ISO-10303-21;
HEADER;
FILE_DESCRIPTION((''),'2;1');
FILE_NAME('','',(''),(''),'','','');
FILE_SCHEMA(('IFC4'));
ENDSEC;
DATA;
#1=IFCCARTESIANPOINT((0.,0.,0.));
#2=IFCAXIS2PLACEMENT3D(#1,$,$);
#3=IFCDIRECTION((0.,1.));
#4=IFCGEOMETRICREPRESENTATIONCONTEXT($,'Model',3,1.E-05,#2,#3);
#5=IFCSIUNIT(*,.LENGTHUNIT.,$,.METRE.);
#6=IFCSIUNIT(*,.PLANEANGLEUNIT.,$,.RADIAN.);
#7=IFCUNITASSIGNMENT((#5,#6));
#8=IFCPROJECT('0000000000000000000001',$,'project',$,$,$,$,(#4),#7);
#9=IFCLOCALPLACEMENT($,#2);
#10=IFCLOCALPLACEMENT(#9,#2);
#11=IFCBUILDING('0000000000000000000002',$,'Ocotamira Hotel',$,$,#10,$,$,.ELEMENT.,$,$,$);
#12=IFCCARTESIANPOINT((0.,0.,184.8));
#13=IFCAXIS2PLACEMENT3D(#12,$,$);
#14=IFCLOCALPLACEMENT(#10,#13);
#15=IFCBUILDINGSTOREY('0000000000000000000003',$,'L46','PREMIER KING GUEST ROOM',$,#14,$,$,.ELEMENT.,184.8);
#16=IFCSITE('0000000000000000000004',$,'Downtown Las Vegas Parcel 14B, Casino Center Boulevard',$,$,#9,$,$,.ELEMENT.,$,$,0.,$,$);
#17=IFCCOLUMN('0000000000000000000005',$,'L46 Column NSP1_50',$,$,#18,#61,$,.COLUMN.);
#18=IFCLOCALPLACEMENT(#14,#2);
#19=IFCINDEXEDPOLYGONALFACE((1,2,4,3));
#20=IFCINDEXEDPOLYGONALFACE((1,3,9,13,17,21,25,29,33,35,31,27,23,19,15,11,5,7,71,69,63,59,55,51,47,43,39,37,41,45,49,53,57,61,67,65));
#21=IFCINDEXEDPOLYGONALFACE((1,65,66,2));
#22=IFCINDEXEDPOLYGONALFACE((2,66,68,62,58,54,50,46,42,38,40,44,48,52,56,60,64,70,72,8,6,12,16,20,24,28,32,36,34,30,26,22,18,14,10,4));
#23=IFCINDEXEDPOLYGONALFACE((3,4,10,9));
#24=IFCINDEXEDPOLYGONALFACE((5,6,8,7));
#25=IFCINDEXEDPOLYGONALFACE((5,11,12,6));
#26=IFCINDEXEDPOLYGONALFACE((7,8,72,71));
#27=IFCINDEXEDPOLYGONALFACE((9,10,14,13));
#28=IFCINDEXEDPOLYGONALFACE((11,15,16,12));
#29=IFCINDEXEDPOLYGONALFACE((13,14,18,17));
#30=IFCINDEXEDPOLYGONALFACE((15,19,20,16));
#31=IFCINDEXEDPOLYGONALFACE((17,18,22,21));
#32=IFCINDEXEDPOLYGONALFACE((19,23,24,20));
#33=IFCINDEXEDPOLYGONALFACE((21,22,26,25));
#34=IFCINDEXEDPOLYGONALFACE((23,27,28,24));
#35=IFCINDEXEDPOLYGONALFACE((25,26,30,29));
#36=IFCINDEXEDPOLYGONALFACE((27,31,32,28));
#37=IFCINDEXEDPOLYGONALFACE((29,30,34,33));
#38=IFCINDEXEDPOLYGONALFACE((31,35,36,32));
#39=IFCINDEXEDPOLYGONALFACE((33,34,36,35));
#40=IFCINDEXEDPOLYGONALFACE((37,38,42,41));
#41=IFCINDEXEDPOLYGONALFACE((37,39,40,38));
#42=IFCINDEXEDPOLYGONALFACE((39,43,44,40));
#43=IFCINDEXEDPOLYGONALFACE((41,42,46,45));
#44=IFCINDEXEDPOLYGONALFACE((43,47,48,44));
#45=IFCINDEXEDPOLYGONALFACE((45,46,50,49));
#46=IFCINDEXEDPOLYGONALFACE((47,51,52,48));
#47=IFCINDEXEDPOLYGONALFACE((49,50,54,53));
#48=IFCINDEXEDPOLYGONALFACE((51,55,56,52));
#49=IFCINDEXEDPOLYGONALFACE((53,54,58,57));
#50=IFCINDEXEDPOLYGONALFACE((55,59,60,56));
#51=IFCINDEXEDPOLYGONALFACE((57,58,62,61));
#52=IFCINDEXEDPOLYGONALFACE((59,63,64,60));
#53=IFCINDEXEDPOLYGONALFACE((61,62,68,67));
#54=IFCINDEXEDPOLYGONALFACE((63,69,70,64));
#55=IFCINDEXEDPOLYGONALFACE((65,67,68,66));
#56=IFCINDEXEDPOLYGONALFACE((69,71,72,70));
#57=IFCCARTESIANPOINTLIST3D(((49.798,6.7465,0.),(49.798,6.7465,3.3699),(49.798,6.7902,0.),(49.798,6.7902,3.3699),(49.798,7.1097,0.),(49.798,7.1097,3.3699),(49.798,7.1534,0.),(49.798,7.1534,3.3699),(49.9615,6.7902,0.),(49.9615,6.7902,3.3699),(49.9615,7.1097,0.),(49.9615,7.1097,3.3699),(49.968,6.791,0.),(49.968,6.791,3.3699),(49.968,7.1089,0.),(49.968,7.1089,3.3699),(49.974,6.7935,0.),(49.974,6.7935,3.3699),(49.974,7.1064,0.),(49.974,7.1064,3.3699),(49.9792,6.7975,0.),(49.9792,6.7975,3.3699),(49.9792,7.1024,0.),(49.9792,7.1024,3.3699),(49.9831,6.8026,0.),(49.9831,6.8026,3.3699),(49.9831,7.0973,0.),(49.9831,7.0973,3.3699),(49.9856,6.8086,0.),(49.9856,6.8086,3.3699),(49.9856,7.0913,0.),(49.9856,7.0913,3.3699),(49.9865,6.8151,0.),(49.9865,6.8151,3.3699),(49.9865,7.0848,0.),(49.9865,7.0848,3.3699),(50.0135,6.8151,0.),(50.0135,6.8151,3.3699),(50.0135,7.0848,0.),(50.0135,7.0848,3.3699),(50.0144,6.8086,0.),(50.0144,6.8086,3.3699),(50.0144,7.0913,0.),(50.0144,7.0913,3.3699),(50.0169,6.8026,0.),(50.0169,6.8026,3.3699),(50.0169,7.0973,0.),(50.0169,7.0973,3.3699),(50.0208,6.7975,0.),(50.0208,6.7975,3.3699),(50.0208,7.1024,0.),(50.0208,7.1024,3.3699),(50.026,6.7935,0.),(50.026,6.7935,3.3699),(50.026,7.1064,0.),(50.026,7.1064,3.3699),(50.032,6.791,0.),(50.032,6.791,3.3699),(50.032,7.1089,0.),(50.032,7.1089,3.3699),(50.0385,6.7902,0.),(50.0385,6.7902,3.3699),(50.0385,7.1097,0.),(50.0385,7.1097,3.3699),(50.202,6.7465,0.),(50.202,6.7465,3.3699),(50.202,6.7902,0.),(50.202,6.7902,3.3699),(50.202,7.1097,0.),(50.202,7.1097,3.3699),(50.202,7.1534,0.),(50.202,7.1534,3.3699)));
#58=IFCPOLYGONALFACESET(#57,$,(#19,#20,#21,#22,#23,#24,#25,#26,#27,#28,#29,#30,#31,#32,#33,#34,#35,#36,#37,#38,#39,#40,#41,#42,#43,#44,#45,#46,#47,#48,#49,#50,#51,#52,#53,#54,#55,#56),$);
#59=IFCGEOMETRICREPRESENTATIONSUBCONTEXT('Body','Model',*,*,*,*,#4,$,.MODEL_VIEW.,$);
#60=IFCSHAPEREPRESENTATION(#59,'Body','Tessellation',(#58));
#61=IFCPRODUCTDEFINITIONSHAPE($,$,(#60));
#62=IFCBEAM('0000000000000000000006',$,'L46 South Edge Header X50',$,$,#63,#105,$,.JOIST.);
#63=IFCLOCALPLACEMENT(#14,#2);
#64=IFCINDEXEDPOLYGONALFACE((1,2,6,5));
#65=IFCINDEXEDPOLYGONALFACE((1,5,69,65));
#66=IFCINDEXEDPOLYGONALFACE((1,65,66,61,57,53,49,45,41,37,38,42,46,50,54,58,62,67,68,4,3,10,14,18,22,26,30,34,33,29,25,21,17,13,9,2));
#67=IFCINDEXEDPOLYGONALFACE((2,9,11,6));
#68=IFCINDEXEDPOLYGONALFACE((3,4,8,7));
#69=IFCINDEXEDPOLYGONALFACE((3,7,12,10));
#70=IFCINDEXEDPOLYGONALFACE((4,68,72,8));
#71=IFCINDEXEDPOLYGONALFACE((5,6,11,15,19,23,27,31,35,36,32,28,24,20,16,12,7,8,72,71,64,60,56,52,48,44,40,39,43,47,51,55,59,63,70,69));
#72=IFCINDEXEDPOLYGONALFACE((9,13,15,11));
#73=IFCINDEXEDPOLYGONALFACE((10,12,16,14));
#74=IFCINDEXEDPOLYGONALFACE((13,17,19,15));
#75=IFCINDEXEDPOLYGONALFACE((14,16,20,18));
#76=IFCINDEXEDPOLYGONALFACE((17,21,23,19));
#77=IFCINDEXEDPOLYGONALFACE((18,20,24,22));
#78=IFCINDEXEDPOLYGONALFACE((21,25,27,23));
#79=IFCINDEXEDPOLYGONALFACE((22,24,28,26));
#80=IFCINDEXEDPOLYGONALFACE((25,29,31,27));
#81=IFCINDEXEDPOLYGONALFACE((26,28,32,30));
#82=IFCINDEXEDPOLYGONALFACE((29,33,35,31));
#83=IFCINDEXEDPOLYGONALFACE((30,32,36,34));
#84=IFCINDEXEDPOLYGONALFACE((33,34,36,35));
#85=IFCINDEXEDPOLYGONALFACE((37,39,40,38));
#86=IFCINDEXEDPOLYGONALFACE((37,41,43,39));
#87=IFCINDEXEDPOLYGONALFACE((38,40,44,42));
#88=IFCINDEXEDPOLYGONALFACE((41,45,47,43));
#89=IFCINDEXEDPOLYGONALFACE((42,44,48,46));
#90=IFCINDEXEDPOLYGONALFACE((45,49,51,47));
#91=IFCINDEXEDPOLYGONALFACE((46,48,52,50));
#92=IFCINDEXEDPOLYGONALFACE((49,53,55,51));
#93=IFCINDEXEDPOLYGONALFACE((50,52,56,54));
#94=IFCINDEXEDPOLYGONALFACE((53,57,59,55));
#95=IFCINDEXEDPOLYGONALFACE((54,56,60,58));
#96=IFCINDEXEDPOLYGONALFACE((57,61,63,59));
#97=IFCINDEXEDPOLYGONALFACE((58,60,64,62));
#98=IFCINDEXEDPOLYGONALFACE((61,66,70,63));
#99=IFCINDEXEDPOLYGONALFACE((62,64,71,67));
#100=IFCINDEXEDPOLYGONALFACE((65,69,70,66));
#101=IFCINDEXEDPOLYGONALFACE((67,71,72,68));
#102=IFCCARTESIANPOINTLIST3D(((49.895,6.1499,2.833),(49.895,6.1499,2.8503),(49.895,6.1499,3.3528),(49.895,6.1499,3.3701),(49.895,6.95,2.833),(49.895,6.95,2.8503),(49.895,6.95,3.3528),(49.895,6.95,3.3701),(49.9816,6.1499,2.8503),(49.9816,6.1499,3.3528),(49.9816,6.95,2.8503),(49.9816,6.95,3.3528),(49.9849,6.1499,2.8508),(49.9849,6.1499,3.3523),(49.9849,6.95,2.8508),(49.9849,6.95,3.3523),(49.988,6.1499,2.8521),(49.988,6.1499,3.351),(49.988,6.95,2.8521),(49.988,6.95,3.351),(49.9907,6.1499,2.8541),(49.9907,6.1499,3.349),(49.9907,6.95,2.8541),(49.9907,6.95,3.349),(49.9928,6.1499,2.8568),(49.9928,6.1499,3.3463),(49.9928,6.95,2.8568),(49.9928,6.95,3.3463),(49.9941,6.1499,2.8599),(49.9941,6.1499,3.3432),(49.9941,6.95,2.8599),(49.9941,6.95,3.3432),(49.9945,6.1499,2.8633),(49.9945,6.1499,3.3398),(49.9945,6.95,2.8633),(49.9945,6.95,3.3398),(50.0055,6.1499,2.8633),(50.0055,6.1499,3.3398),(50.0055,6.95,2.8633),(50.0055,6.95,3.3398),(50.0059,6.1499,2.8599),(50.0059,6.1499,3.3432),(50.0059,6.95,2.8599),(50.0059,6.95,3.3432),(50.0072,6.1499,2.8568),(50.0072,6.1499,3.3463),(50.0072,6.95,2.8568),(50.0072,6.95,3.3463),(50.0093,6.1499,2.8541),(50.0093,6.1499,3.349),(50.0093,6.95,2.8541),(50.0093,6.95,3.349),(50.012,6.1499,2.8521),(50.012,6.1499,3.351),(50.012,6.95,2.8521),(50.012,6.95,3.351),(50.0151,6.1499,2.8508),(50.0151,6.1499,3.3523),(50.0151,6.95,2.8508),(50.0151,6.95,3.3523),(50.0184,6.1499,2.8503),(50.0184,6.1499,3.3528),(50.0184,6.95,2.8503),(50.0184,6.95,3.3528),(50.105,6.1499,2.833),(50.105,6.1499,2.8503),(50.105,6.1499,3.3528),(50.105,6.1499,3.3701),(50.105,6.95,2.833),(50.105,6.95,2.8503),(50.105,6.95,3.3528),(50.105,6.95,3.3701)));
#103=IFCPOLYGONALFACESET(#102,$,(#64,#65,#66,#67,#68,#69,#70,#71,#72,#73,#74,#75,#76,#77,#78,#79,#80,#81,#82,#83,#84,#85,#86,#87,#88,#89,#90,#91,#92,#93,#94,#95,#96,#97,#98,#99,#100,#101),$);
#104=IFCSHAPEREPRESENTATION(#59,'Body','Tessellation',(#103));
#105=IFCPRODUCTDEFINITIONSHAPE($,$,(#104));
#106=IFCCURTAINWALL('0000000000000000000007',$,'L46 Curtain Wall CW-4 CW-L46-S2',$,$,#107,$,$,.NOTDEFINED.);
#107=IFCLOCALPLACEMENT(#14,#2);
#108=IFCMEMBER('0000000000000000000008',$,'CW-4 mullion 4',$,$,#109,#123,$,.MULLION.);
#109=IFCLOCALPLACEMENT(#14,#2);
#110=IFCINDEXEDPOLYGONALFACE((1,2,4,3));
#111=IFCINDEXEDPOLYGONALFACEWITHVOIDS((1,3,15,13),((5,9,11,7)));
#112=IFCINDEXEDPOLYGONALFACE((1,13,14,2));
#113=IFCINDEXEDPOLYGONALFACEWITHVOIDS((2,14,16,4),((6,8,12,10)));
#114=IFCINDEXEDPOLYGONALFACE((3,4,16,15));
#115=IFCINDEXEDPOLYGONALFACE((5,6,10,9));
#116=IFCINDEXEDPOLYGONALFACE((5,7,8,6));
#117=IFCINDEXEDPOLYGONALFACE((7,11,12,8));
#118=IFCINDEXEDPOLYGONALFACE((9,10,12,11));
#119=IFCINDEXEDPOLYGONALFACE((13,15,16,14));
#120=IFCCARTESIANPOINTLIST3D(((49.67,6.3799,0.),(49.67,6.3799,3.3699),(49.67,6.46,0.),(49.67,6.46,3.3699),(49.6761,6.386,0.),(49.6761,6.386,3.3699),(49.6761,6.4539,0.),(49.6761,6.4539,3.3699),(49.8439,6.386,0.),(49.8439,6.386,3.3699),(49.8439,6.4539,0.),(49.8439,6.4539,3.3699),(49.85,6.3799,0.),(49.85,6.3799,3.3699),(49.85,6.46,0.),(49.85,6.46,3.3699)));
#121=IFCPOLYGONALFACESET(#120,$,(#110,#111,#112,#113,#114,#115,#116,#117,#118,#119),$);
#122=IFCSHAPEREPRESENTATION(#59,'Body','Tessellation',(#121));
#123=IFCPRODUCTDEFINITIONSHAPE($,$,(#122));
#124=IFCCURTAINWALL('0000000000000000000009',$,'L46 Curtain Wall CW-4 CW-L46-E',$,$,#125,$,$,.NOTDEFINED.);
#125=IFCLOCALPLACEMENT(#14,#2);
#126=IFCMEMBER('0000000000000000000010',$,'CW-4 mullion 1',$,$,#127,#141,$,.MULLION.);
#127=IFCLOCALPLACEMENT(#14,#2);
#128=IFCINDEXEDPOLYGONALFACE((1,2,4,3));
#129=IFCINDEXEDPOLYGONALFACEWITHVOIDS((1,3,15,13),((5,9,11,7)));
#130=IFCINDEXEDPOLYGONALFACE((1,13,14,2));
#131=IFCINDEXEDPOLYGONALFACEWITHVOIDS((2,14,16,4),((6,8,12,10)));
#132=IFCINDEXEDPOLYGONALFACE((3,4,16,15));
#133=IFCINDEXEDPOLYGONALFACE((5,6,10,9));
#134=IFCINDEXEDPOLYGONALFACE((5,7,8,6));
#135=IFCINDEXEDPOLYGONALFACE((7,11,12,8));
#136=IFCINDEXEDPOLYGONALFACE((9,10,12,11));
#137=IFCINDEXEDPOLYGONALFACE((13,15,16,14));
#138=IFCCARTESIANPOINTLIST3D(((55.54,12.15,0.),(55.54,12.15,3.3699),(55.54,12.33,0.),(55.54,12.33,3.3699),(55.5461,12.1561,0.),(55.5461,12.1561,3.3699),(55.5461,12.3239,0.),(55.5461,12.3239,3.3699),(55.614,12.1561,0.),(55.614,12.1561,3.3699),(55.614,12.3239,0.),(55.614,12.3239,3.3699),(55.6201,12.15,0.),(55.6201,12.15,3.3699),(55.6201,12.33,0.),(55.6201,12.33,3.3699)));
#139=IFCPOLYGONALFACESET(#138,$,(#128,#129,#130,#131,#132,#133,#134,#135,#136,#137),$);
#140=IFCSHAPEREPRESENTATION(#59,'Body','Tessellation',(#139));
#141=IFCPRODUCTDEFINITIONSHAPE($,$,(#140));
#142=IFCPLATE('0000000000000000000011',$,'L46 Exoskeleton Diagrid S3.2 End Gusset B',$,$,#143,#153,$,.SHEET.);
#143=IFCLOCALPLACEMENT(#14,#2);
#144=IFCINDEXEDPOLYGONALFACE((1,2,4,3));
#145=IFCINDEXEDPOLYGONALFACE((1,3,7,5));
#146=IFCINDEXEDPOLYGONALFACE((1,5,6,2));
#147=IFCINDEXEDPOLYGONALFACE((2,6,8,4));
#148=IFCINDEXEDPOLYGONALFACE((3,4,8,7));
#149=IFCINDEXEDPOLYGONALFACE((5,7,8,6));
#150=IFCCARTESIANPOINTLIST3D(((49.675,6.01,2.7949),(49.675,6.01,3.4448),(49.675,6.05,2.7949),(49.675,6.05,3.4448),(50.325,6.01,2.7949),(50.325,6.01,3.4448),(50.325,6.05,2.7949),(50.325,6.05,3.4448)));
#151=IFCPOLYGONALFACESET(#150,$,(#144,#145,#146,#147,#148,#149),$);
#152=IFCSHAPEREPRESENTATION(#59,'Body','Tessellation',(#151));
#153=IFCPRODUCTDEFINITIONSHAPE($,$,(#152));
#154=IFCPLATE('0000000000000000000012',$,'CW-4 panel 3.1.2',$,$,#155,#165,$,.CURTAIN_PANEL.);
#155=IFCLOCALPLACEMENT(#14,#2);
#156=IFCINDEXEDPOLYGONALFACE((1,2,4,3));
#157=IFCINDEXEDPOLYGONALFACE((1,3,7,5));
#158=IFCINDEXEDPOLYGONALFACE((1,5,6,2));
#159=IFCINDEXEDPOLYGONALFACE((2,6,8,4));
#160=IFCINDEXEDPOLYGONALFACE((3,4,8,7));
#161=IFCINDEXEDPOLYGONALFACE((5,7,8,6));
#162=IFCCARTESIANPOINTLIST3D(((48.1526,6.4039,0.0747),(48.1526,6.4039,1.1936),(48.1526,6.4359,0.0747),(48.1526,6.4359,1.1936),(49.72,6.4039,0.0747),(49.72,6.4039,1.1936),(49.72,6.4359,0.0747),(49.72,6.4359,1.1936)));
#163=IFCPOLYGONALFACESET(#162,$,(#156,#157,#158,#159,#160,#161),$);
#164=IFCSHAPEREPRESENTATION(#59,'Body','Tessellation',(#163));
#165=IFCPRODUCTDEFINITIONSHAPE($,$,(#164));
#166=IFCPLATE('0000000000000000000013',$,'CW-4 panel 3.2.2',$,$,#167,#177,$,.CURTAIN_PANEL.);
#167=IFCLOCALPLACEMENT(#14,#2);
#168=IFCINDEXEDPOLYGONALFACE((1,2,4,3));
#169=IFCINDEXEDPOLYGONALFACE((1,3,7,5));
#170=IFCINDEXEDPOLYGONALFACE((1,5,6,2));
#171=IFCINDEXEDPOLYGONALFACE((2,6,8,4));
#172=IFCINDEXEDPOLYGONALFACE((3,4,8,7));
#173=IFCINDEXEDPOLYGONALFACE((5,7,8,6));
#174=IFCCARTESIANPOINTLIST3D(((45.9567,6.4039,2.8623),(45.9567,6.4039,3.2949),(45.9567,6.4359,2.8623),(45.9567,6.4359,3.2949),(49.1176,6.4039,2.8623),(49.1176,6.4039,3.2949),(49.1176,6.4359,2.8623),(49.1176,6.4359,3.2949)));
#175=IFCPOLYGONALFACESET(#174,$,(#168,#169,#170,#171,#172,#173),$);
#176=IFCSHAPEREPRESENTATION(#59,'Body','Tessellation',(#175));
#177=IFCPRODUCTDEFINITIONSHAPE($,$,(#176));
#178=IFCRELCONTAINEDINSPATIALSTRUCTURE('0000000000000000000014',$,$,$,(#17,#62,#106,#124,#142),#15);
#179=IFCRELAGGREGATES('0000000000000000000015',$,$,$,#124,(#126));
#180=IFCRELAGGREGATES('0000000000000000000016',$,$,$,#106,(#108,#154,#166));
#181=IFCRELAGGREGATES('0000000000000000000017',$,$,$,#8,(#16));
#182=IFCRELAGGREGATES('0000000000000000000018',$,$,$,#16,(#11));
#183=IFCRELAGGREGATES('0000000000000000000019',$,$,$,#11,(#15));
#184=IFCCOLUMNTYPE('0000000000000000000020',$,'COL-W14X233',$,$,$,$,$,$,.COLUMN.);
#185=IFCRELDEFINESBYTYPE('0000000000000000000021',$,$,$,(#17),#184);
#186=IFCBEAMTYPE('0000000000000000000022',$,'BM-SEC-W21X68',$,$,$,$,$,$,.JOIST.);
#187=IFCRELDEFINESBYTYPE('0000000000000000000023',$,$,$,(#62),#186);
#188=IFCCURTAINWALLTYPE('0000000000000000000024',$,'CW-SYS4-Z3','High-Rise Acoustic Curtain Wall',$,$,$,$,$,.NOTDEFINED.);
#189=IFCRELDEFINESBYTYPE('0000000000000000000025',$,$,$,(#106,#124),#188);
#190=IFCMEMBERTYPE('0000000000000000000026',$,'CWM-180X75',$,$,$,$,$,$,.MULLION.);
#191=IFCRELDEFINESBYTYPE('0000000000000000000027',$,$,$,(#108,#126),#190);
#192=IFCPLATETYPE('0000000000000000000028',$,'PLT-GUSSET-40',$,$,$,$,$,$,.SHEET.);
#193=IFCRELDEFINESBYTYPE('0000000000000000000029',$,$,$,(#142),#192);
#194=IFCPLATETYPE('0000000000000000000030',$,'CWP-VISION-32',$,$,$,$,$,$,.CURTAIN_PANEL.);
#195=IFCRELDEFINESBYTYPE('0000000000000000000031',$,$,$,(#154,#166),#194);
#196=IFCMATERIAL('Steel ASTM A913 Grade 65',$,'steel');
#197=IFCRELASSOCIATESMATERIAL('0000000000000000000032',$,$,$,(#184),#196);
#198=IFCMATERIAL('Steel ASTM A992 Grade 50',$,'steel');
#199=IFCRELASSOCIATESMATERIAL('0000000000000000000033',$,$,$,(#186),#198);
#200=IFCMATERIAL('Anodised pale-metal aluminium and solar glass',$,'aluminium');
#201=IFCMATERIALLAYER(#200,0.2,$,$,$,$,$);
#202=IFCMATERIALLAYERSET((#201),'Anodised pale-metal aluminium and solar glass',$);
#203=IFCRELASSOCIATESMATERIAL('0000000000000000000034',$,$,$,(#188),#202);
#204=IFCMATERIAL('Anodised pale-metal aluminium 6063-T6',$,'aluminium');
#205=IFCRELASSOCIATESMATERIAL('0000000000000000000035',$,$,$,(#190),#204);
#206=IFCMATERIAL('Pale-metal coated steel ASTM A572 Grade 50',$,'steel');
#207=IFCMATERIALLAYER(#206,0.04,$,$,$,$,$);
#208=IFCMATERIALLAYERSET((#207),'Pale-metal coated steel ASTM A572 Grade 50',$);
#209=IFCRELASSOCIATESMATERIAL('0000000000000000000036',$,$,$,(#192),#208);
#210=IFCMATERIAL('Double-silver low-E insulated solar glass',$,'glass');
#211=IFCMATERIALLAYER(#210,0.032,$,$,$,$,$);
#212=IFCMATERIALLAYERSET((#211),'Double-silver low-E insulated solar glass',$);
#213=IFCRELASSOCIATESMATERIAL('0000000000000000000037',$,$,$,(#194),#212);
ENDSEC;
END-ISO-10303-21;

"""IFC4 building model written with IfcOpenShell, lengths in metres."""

from ifc_helpers import new_model, si_unit, direction, frame, origin, origin_2d, place, context, subcontext, project, spatial, rectangle, hollow_rectangle, i_section, extrude, source, transform, mapped, material, layer, layer_set, material_profile, profile_set, type_object, element, aggregate, save


model = new_model("IFC4")

# Units and contexts
model_context = context("Model", 3, precision=1e-05, world=origin(), true_north=direction((0.0, 1.0)))
body_context = subcontext(model_context, "Body", "Model", "MODEL_VIEW")
ifc_project = project(units=[si_unit("LENGTHUNIT", "METRE"), si_unit("PLANEANGLEUNIT", "RADIAN")], contexts=[model_context])

# Site, building, storey
site_placement = place(None, origin())
site = spatial("IfcSite", under=ifc_project, at=site_placement, Name="Downtown Las Vegas Parcel 14B, Casino Center Boulevard", CompositionType="ELEMENT", RefElevation=0.0)
building_placement = place(site_placement, origin())
building = spatial("IfcBuilding", under=site, at=building_placement, Name="Ocotamira Hotel", CompositionType="ELEMENT")
storey_placement = place(building_placement, frame((0.0, 0.0, 184.8)))
storey = spatial("IfcBuildingStorey", under=building, at=storey_placement, Name="L46", Description="PREMIER KING GUEST ROOM", CompositionType="ELEMENT", Elevation=184.8)

# Column
ifc_material_1 = material(Name="Steel ASTM A913 Grade 65", Category="steel")
ifc_material_profile_1 = material_profile(ifc_material_1, i_section(OverallWidth=0.4041, OverallDepth=0.407, WebThickness=0.0271, FlangeThickness=0.0437, FilletRadius=0.0249, at=origin_2d()), Name="W14X233")
ifc_profile_set_1 = profile_set([ifc_material_profile_1], Name="Steel ASTM A913 Grade 65")
column_type = type_object("IfcColumnType", Name="COL-W14X233", PredefinedType="COLUMN", material=ifc_profile_set_1)
shared_shape_1 = source(origin(), body_context, "Body", "SweptSolid", [
    extrude(i_section(OverallWidth=0.4041, OverallDepth=0.407, WebThickness=0.0271, FlangeThickness=0.0437, FilletRadius=0.0249, at=origin_2d()), origin(), (0.0, 0.0, 1.0), 3.3699),
])
column_placement = place(storey_placement, frame((50.0, 6.95, 0.0), z_axis=(0.0, 0.0, 1.0), x_axis=(1.0, 0.0, 0.0)))
element("IfcColumn", 1, at=column_placement, inside=storey, type_object=column_type, Name="L46 Column NSP1_50", PredefinedType="COLUMN", context=body_context, shape_type="MappedRepresentation", body=[
    mapped(shared_shape_1, transform((0.0, 0.0, 0.0), scale=1.0)),
])

# Beam
ifc_material_2 = material(Name="Steel ASTM A992 Grade 50", Category="steel")
ifc_material_profile_2 = material_profile(ifc_material_2, i_section(OverallWidth=0.21, OverallDepth=0.5371, WebThickness=0.011, FlangeThickness=0.0173, FilletRadius=0.0129, at=origin_2d()), Name="W21X68")
ifc_profile_set_2 = profile_set([ifc_material_profile_2], Name="Steel ASTM A992 Grade 50")
beam_type = type_object("IfcBeamType", Name="BM-SEC-W21X68", PredefinedType="JOIST", material=ifc_profile_set_2)
shared_shape_2 = source(origin(), body_context, "Body", "SweptSolid", [
    extrude(i_section(OverallWidth=0.21, OverallDepth=0.5371, WebThickness=0.011, FlangeThickness=0.0173, FilletRadius=0.0129, at=origin_2d()), origin(), (0.0, 0.0, 1.0), 0.8),
])
beam_placement = place(storey_placement, frame((50.0, 6.95, 3.1016), z_axis=(0.0, -1.0, 0.0), x_axis=(1.0, 0.0, 0.0)))
element("IfcBeam", 2, at=beam_placement, inside=storey, type_object=beam_type, Name="L46 South Edge Header X50", PredefinedType="JOIST", context=body_context, shape_type="MappedRepresentation", body=[
    mapped(shared_shape_2, transform((0.0, 0.0, 0.0), scale=1.0)),
])

# Curtain walls, members
ifc_material_3 = material(Name="Anodised pale-metal aluminium and solar glass", Category="aluminium")
ifc_layer_1 = layer(ifc_material_3, 0.2)
ifc_layer_set_1 = layer_set([ifc_layer_1], Name="Anodised pale-metal aluminium and solar glass")
curtain_wall_type = type_object("IfcCurtainWallType", Name="CW-SYS4-Z3", Description="High-Rise Acoustic Curtain Wall", PredefinedType="NOTDEFINED", material=ifc_layer_set_1)
curtain_wall_1_placement = place(storey_placement, origin())
curtain_wall_1 = element("IfcCurtainWall", 3, at=curtain_wall_1_placement, inside=storey, type_object=curtain_wall_type, Name="L46 Curtain Wall CW-4 CW-L46-S2", PredefinedType="NOTDEFINED")
ifc_material_4 = material(Name="Anodised pale-metal aluminium 6063-T6", Category="aluminium")
ifc_material_profile_3 = material_profile(ifc_material_4, hollow_rectangle(XDim=0.0801, YDim=0.1799, WallThickness=0.0061, at=origin_2d()), Name="HSS180X80X6")
ifc_profile_set_3 = profile_set([ifc_material_profile_3], Name="Anodised pale-metal aluminium 6063-T6")
member_type = type_object("IfcMemberType", Name="CWM-180X75", PredefinedType="MULLION", material=ifc_profile_set_3)
shared_shape_3 = source(origin(), body_context, "Body", "SweptSolid", [
    extrude(hollow_rectangle(XDim=0.0801, YDim=0.1799, WallThickness=0.0061, at=origin_2d()), origin(), (0.0, 0.0, 1.0), 3.3699),
])
member_1_placement = place(storey_placement, frame((49.76, 6.4199, 0.0), z_axis=(0.0, 0.0, 1.0), x_axis=(0.0, 1.0, 0.0)))
member_1 = element("IfcMember", 4, at=member_1_placement, type_object=member_type, Name="CW-4 mullion 4", PredefinedType="MULLION", context=body_context, shape_type="MappedRepresentation", body=[
    mapped(shared_shape_3, transform((0.0, 0.0, 0.0), scale=1.0)),
])
curtain_wall_2_placement = place(storey_placement, origin())
curtain_wall_2 = element("IfcCurtainWall", 5, at=curtain_wall_2_placement, inside=storey, type_object=curtain_wall_type, Name="L46 Curtain Wall CW-4 CW-L46-E", PredefinedType="NOTDEFINED")
member_2_placement = place(storey_placement, frame((55.5801, 12.24, 0.0), z_axis=(0.0, 0.0, 1.0), x_axis=(-1.0, 0.0, 0.0)))
member_2 = element("IfcMember", 6, at=member_2_placement, type_object=member_type, Name="CW-4 mullion 1", PredefinedType="MULLION", context=body_context, shape_type="MappedRepresentation", body=[
    mapped(shared_shape_3, transform((0.0, 0.0, 0.0), scale=1.0)),
])
aggregate(curtain_wall_2, [member_2])

# Plates
ifc_material_5 = material(Name="Pale-metal coated steel ASTM A572 Grade 50", Category="steel")
ifc_layer_2 = layer(ifc_material_5, 0.04)
ifc_layer_set_2 = layer_set([ifc_layer_2], Name="Pale-metal coated steel ASTM A572 Grade 50")
plate_type_1 = type_object("IfcPlateType", Name="PLT-GUSSET-40", PredefinedType="SHEET", material=ifc_layer_set_2)
shared_shape_4 = source(origin(), body_context, "Body", "SweptSolid", [
    extrude(rectangle(XDim=0.6499, YDim=0.04, at=origin_2d()), origin(), (0.0, 0.0, 1.0), 0.6499),
])
plate_1_placement = place(storey_placement, frame((50.0, 6.03, 2.7949), z_axis=(0.0, 0.0, 1.0), x_axis=(1.0, 0.0, 0.0)))
element("IfcPlate", 7, at=plate_1_placement, inside=storey, type_object=plate_type_1, Name="L46 Exoskeleton Diagrid S3.2 End Gusset B", PredefinedType="SHEET", context=body_context, shape_type="MappedRepresentation", body=[
    mapped(shared_shape_4, transform((0.0, 0.0, 0.0), scale=1.0)),
])
ifc_material_6 = material(Name="Double-silver low-E insulated solar glass", Category="glass")
ifc_layer_3 = layer(ifc_material_6, 0.032)
ifc_layer_set_3 = layer_set([ifc_layer_3], Name="Double-silver low-E insulated solar glass")
plate_type_2 = type_object("IfcPlateType", Name="CWP-VISION-32", PredefinedType="CURTAIN_PANEL", material=ifc_layer_set_3)
shared_shape_5 = source(origin(), body_context, "Body", "SweptSolid", [
    extrude(rectangle(XDim=1.5674, YDim=0.032, at=origin_2d()), origin(), (0.0, 0.0, 1.0), 1.1189),
])
plate_2_placement = place(storey_placement, frame((48.9363, 6.4199, 0.0747), z_axis=(0.0, 0.0, 1.0), x_axis=(1.0, 0.0, 0.0)))
plate_2 = element("IfcPlate", 8, at=plate_2_placement, type_object=plate_type_2, Name="CW-4 panel 3.1.2", PredefinedType="CURTAIN_PANEL", context=body_context, shape_type="MappedRepresentation", body=[
    mapped(shared_shape_5, transform((0.0, 0.0, 0.0), scale=1.0)),
])
shared_shape_6 = source(origin(), body_context, "Body", "SweptSolid", [
    extrude(rectangle(XDim=3.1609, YDim=0.032, at=origin_2d()), origin(), (0.0, 0.0, 1.0), 0.4326),
])
plate_3_placement = place(storey_placement, frame((47.5371, 6.4199, 2.8623), z_axis=(0.0, 0.0, 1.0), x_axis=(1.0, 0.0, 0.0)))
plate_3 = element("IfcPlate", 9, at=plate_3_placement, type_object=plate_type_2, Name="CW-4 panel 3.2.2", PredefinedType="CURTAIN_PANEL", context=body_context, shape_type="MappedRepresentation", body=[
    mapped(shared_shape_6, transform((0.0, 0.0, 0.0), scale=1.0)),
])
aggregate(curtain_wall_1, [member_1, plate_2, plate_3])

save(model, "model.ifc")
